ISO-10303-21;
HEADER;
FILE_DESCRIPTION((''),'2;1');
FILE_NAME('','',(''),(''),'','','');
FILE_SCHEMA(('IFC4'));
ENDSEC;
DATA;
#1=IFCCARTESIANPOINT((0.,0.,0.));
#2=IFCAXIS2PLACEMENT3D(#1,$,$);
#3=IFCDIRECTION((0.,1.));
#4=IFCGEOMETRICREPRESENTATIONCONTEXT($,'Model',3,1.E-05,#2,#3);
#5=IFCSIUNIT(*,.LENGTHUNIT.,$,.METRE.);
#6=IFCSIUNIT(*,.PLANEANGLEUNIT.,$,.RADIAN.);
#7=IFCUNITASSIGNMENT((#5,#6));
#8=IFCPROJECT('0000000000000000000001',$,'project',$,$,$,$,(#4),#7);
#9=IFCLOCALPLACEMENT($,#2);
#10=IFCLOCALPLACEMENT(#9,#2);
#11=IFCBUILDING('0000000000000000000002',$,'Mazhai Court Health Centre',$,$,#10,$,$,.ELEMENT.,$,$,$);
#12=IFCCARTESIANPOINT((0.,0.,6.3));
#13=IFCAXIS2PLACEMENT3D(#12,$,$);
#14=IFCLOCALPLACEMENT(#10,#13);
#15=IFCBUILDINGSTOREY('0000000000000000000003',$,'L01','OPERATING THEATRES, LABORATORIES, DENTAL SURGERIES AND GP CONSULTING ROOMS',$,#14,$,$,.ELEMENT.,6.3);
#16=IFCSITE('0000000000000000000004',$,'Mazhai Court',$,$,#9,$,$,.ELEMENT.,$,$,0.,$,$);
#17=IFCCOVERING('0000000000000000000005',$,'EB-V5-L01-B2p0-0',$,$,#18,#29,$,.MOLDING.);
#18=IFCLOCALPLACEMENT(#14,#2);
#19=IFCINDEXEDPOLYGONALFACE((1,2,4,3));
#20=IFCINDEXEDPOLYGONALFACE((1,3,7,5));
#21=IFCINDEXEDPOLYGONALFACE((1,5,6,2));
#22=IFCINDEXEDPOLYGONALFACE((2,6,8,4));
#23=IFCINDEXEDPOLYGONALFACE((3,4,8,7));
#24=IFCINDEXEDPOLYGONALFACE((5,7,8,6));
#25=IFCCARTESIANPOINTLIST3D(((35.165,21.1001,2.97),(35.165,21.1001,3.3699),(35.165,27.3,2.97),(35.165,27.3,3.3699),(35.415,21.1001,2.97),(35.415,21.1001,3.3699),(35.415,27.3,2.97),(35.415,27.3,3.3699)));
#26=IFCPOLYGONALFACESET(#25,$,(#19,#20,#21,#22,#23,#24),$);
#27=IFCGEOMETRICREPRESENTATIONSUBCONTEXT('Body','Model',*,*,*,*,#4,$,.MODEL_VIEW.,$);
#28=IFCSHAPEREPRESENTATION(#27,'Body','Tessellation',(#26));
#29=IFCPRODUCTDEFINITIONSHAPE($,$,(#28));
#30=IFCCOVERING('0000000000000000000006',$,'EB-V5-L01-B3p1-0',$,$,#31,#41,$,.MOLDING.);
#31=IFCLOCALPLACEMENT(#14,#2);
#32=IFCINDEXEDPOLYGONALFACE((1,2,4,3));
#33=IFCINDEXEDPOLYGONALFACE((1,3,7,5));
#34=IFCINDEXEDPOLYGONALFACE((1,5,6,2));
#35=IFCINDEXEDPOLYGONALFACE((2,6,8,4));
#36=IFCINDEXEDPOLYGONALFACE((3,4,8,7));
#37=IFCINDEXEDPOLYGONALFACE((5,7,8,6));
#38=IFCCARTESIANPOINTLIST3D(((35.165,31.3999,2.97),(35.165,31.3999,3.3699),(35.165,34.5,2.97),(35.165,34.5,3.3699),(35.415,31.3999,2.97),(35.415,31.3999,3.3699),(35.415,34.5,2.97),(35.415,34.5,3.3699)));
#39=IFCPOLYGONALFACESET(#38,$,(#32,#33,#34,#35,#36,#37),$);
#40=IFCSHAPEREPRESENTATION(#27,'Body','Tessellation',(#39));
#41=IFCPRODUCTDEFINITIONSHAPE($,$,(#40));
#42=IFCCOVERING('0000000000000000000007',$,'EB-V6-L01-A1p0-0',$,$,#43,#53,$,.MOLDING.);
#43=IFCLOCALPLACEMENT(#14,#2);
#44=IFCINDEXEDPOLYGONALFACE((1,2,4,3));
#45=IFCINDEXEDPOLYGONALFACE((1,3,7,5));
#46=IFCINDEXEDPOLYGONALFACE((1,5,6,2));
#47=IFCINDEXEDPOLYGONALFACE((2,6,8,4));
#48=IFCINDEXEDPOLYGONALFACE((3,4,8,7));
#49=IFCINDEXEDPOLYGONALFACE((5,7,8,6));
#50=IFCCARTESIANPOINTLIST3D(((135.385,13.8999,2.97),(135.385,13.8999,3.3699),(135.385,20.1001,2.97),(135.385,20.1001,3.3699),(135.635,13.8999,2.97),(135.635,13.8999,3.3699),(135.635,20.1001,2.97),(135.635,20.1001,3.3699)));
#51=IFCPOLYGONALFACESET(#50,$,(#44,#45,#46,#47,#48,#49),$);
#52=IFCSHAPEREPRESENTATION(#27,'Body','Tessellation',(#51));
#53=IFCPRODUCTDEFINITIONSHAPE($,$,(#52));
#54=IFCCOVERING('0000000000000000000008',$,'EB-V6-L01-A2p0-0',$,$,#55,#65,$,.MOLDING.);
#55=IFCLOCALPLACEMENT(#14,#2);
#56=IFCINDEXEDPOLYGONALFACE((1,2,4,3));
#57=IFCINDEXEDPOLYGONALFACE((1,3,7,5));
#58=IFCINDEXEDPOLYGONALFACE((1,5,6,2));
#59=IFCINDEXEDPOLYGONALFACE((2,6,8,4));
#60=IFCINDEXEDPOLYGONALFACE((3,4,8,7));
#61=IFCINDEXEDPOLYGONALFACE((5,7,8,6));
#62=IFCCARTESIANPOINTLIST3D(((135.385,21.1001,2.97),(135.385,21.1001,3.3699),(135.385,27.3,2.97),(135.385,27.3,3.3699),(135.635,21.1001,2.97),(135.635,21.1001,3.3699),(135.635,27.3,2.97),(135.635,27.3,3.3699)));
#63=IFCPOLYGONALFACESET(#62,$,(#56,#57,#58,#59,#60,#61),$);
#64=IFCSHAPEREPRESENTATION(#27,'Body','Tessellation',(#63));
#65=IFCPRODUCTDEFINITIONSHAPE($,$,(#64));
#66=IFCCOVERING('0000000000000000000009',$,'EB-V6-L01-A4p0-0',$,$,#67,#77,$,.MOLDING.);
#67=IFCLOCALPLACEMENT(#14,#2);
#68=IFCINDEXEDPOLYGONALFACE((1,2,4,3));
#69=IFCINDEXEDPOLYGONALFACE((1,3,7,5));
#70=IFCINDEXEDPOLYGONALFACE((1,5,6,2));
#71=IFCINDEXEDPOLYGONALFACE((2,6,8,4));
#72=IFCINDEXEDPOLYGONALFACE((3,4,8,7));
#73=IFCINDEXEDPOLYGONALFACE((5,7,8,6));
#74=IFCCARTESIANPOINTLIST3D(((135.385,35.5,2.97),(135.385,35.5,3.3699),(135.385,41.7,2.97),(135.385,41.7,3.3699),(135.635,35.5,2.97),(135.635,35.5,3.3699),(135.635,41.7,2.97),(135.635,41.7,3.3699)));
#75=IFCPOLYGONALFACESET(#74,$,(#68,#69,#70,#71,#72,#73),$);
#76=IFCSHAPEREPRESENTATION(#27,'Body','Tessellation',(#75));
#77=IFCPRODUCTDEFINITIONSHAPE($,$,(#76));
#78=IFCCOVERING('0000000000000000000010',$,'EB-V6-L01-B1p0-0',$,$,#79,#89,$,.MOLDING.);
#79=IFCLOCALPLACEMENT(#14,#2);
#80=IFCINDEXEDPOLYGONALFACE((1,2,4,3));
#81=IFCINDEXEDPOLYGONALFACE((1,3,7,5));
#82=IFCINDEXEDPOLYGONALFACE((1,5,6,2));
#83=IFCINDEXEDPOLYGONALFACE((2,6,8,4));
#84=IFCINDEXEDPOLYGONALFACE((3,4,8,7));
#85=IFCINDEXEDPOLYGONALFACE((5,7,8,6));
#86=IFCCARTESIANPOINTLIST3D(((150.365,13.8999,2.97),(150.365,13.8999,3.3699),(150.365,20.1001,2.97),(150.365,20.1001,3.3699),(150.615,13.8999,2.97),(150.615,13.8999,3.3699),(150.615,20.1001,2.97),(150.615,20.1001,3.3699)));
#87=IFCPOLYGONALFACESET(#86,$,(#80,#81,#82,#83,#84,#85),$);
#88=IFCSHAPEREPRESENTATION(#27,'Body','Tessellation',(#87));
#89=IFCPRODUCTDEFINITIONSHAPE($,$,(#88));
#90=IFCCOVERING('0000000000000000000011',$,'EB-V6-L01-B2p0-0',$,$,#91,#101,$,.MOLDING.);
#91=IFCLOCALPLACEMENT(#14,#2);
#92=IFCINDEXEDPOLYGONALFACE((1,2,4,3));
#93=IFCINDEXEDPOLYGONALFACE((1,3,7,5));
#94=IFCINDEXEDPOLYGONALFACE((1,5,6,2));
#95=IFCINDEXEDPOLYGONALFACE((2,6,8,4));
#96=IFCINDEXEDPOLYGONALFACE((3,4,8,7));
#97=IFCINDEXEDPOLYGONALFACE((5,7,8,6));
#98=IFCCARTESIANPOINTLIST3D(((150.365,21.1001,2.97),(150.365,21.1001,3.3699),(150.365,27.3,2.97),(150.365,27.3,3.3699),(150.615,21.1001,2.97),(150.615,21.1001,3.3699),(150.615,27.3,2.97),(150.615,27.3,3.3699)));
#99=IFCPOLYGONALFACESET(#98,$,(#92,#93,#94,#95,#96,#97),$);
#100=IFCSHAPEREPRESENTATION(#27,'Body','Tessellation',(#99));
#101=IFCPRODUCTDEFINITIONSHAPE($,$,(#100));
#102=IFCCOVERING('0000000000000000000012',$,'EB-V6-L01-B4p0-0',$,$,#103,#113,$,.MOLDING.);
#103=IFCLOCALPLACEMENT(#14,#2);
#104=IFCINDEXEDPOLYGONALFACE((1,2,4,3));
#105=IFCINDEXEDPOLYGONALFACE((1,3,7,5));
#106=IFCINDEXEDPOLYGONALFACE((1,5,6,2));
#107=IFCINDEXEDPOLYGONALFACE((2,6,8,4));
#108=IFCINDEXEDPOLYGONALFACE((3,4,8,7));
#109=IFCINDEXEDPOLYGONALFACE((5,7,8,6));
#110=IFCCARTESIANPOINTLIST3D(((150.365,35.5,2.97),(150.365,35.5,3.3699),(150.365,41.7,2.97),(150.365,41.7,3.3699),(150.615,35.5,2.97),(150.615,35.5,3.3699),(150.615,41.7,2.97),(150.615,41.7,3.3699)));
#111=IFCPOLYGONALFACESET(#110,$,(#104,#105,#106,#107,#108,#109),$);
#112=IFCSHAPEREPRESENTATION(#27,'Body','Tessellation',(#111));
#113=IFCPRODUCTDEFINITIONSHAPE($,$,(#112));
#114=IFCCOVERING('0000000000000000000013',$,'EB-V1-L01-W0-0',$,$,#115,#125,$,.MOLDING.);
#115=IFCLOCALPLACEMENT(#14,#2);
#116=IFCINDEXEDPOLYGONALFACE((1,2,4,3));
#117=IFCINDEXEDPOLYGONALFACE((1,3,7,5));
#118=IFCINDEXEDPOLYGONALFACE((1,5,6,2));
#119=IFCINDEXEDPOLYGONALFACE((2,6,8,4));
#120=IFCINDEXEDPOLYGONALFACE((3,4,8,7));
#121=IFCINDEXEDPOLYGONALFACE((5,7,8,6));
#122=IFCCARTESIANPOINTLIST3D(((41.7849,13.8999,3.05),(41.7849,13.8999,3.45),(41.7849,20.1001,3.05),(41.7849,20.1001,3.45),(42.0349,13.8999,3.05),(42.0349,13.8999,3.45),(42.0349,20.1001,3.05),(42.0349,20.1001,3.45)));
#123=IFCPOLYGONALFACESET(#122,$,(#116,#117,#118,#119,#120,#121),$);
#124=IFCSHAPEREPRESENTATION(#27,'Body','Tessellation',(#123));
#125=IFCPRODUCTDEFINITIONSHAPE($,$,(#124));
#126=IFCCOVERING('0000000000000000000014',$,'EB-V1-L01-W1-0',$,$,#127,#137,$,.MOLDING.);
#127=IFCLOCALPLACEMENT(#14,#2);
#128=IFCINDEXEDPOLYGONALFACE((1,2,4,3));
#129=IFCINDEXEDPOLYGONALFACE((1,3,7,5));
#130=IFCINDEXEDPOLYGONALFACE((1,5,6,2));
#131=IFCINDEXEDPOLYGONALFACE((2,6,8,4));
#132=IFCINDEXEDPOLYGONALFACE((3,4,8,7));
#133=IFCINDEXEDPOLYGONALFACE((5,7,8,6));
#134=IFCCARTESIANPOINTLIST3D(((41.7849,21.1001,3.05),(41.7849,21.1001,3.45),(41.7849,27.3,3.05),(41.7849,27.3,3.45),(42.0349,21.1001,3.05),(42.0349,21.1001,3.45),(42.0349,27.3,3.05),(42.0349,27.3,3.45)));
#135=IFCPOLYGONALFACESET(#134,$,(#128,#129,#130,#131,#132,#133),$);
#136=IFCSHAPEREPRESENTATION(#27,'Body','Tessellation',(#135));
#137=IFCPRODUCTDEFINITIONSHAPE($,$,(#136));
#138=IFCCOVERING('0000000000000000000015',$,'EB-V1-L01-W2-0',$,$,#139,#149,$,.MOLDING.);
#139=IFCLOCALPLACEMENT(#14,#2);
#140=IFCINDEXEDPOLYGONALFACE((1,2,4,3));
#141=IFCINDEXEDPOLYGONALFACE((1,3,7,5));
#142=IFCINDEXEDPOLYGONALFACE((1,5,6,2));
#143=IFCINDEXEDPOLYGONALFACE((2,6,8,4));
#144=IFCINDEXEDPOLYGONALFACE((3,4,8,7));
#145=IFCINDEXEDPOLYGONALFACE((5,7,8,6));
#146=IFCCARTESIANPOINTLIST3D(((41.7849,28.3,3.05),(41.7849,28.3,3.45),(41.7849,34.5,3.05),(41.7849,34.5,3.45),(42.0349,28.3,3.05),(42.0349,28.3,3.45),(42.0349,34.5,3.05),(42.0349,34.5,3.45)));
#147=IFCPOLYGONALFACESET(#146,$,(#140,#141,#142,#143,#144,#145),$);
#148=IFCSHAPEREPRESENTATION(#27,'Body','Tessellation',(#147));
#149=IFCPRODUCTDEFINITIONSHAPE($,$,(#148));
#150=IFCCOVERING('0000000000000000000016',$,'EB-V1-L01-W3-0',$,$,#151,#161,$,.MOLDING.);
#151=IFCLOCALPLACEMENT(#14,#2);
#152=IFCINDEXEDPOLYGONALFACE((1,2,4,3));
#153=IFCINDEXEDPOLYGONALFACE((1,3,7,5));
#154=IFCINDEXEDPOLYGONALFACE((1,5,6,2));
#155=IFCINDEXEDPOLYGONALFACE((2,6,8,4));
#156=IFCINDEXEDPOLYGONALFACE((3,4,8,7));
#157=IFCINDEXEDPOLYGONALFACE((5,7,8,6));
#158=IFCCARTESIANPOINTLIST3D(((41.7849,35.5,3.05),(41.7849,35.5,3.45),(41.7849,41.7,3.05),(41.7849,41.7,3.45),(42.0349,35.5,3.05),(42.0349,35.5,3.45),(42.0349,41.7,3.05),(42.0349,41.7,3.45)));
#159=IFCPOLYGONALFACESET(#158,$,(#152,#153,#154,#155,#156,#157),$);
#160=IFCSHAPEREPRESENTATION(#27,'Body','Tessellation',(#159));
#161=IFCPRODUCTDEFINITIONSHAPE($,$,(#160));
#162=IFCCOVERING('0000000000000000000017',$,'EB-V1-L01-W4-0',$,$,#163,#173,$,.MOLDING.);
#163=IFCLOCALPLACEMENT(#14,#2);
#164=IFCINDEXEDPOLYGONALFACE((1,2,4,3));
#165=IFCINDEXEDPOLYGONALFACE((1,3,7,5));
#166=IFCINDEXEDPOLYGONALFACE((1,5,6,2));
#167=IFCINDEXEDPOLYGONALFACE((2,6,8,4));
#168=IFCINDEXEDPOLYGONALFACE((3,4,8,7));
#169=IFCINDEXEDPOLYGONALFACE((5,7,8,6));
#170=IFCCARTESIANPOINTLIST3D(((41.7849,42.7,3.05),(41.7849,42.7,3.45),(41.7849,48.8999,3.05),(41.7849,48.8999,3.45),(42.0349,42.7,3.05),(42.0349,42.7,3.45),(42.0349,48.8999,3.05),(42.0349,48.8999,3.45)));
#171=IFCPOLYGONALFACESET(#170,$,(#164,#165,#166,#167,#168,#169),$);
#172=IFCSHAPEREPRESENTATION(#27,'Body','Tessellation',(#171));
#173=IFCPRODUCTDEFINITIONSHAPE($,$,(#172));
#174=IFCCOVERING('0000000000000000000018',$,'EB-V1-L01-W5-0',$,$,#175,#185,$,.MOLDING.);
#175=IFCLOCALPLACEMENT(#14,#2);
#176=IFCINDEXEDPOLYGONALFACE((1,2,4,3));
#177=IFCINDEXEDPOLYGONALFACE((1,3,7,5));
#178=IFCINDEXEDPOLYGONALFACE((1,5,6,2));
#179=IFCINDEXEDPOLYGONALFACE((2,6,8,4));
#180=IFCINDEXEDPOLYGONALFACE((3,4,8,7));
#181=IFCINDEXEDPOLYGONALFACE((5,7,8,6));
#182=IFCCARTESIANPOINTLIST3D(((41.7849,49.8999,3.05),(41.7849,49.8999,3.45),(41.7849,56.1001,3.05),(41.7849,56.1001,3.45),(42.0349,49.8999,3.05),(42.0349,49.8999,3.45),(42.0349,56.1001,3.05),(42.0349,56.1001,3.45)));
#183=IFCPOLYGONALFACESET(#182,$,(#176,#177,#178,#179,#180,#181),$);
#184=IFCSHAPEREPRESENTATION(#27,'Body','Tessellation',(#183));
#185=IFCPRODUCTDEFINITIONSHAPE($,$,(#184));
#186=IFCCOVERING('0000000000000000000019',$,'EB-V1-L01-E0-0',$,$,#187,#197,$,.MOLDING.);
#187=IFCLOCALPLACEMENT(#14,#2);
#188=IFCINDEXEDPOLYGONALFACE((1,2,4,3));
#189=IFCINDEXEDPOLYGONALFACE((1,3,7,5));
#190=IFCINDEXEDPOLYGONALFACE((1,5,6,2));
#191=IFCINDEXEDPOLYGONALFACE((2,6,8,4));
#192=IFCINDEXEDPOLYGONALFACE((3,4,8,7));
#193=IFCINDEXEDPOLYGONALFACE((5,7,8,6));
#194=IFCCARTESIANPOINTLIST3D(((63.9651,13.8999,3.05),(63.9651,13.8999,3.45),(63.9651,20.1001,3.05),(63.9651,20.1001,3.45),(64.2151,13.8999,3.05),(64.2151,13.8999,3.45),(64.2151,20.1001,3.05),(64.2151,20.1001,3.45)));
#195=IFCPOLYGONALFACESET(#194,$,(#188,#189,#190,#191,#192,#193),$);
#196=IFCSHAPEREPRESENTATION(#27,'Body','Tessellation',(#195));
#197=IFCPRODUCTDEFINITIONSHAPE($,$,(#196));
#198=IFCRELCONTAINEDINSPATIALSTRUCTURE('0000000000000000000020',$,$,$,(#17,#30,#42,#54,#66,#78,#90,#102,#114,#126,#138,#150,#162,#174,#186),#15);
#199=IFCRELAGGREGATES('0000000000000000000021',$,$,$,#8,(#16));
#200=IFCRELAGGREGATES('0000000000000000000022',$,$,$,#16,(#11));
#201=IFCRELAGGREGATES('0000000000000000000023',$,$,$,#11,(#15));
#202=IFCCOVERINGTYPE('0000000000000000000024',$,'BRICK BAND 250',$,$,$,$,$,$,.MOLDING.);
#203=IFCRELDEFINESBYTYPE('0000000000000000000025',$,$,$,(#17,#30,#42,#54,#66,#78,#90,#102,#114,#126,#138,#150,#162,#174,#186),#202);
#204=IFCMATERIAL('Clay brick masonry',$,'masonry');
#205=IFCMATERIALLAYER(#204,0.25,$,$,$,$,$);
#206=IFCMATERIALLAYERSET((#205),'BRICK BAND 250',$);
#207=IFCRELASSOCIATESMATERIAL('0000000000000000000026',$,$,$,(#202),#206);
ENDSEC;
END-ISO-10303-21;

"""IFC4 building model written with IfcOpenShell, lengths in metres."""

from ifc_helpers import new_model, si_unit, direction, frame, origin, place, context, subcontext, project, spatial, polyline, outline, extrude, material, layer, layer_set, type_object, element, save


model = new_model("IFC4")

# Units and contexts
model_context = context("Model", 3, precision=1e-05, world=origin(), true_north=direction((0.0, 1.0)))
body_context = subcontext(model_context, "Body", "Model", "MODEL_VIEW")
ifc_project = project(units=[si_unit("LENGTHUNIT", "METRE"), si_unit("PLANEANGLEUNIT", "RADIAN")], contexts=[model_context])

# Site, building, storey
site_placement = place(None, origin())
site = spatial("IfcSite", under=ifc_project, at=site_placement, Name="Mazhai Court", CompositionType="ELEMENT", RefElevation=0.0)
building_placement = place(site_placement, origin())
building = spatial("IfcBuilding", under=site, at=building_placement, Name="Mazhai Court Health Centre", CompositionType="ELEMENT")
storey_placement = place(building_placement, frame((0.0, 0.0, 6.3)))
storey = spatial("IfcBuildingStorey", under=building, at=storey_placement, Name="L01", Description="OPERATING THEATRES, LABORATORIES, DENTAL SURGERIES AND GP CONSULTING ROOMS", CompositionType="ELEMENT", Elevation=6.3)

# Coverings
ifc_material_1 = material(Name="Clay brick masonry", Category="masonry")
ifc_layer_1 = layer(ifc_material_1, 0.25)
ifc_layer_set_1 = layer_set([ifc_layer_1], Name="BRICK BAND 250")
covering_type_1 = type_object("IfcCoveringType", Name="BRICK BAND 250", PredefinedType="MOLDING", material=ifc_layer_set_1)
covering_1_placement = place(storey_placement, frame((0.0, 0.0, 2.97)))
element("IfcCovering", 1, at=covering_1_placement, inside=storey, type_object=covering_type_1, Name="EB-V5-L01-B2p0-0", PredefinedType="MOLDING", context=body_context, shape_type="SweptSolid", body=[
    extrude(outline(polyline([(35.165, 27.3), (35.165, 21.1001), (35.415, 21.1001), (35.415, 27.3), (35.165, 27.3)])), origin(), (0.0, 0.0, 1.0), 0.3999),
])
covering_2_placement = place(storey_placement, frame((0.0, 0.0, 2.97)))
element("IfcCovering", 2, at=covering_2_placement, inside=storey, type_object=covering_type_1, Name="EB-V5-L01-B3p1-0", PredefinedType="MOLDING", context=body_context, shape_type="SweptSolid", body=[
    extrude(outline(polyline([(35.165, 34.5), (35.165, 31.3999), (35.415, 31.3999), (35.415, 34.5), (35.165, 34.5)])), origin(), (0.0, 0.0, 1.0), 0.3999),
])
covering_3_placement = place(storey_placement, frame((0.0, 0.0, 2.97)))
element("IfcCovering", 3, at=covering_3_placement, inside=storey, type_object=covering_type_1, Name="EB-V6-L01-A1p0-0", PredefinedType="MOLDING", context=body_context, shape_type="SweptSolid", body=[
    extrude(outline(polyline([(135.635, 13.8999), (135.635, 20.1001), (135.385, 20.1001), (135.385, 13.8999), (135.635, 13.8999)])), origin(), (0.0, 0.0, 1.0), 0.3999),
])
covering_4_placement = place(storey_placement, frame((0.0, 0.0, 2.97)))
element("IfcCovering", 4, at=covering_4_placement, inside=storey, type_object=covering_type_1, Name="EB-V6-L01-A2p0-0", PredefinedType="MOLDING", context=body_context, shape_type="SweptSolid", body=[
    extrude(outline(polyline([(135.635, 21.1001), (135.635, 27.3), (135.385, 27.3), (135.385, 21.1001), (135.635, 21.1001)])), origin(), (0.0, 0.0, 1.0), 0.3999),
])
covering_5_placement = place(storey_placement, frame((0.0, 0.0, 2.97)))
element("IfcCovering", 5, at=covering_5_placement, inside=storey, type_object=covering_type_1, Name="EB-V6-L01-A4p0-0", PredefinedType="MOLDING", context=body_context, shape_type="SweptSolid", body=[
    extrude(outline(polyline([(135.635, 35.5), (135.635, 41.7), (135.385, 41.7), (135.385, 35.5), (135.635, 35.5)])), origin(), (0.0, 0.0, 1.0), 0.3999),
])
covering_6_placement = place(storey_placement, frame((0.0, 0.0, 2.97)))
element("IfcCovering", 6, at=covering_6_placement, inside=storey, type_object=covering_type_1, Name="EB-V6-L01-B1p0-0", PredefinedType="MOLDING", context=body_context, shape_type="SweptSolid", body=[
    extrude(outline(polyline([(150.365, 20.1001), (150.365, 13.8999), (150.615, 13.8999), (150.615, 20.1001), (150.365, 20.1001)])), origin(), (0.0, 0.0, 1.0), 0.3999),
])
covering_7_placement = place(storey_placement, frame((0.0, 0.0, 2.97)))
element("IfcCovering", 7, at=covering_7_placement, inside=storey, type_object=covering_type_1, Name="EB-V6-L01-B2p0-0", PredefinedType="MOLDING", context=body_context, shape_type="SweptSolid", body=[
    extrude(outline(polyline([(150.365, 27.3), (150.365, 21.1001), (150.615, 21.1001), (150.615, 27.3), (150.365, 27.3)])), origin(), (0.0, 0.0, 1.0), 0.3999),
])
covering_8_placement = place(storey_placement, frame((0.0, 0.0, 2.97)))
element("IfcCovering", 8, at=covering_8_placement, inside=storey, type_object=covering_type_1, Name="EB-V6-L01-B4p0-0", PredefinedType="MOLDING", context=body_context, shape_type="SweptSolid", body=[
    extrude(outline(polyline([(150.365, 41.7), (150.365, 35.5), (150.615, 35.5), (150.615, 41.7), (150.365, 41.7)])), origin(), (0.0, 0.0, 1.0), 0.3999),
])
covering_9_placement = place(storey_placement, frame((0.0, 0.0, 3.05)))
element("IfcCovering", 9, at=covering_9_placement, inside=storey, type_object=covering_type_1, Name="EB-V1-L01-W0-0", PredefinedType="MOLDING", context=body_context, shape_type="SweptSolid", body=[
    extrude(outline(polyline([(42.0349, 13.8999), (42.0349, 20.1001), (41.7849, 20.1001), (41.7849, 13.8999), (42.0349, 13.8999)])), origin(), (0.0, 0.0, 1.0), 0.3999),
])
covering_10_placement = place(storey_placement, frame((0.0, 0.0, 3.05)))
element("IfcCovering", 10, at=covering_10_placement, inside=storey, type_object=covering_type_1, Name="EB-V1-L01-W1-0", PredefinedType="MOLDING", context=body_context, shape_type="SweptSolid", body=[
    extrude(outline(polyline([(42.0349, 21.1001), (42.0349, 27.3), (41.7849, 27.3), (41.7849, 21.1001), (42.0349, 21.1001)])), origin(), (0.0, 0.0, 1.0), 0.3999),
])
covering_11_placement = place(storey_placement, frame((0.0, 0.0, 3.05)))
element("IfcCovering", 11, at=covering_11_placement, inside=storey, type_object=covering_type_1, Name="EB-V1-L01-W2-0", PredefinedType="MOLDING", context=body_context, shape_type="SweptSolid", body=[
    extrude(outline(polyline([(42.0349, 28.3), (42.0349, 34.5), (41.7849, 34.5), (41.7849, 28.3), (42.0349, 28.3)])), origin(), (0.0, 0.0, 1.0), 0.3999),
])
covering_12_placement = place(storey_placement, frame((0.0, 0.0, 3.05)))
element("IfcCovering", 12, at=covering_12_placement, inside=storey, type_object=covering_type_1, Name="EB-V1-L01-W3-0", PredefinedType="MOLDING", context=body_context, shape_type="SweptSolid", body=[
    extrude(outline(polyline([(42.0349, 35.5), (42.0349, 41.7), (41.7849, 41.7), (41.7849, 35.5), (42.0349, 35.5)])), origin(), (0.0, 0.0, 1.0), 0.3999),
])
covering_13_placement = place(storey_placement, frame((0.0, 0.0, 3.05)))
element("IfcCovering", 13, at=covering_13_placement, inside=storey, type_object=covering_type_1, Name="EB-V1-L01-W4-0", PredefinedType="MOLDING", context=body_context, shape_type="SweptSolid", body=[
    extrude(outline(polyline([(42.0349, 42.7), (42.0349, 48.8999), (41.7849, 48.8999), (41.7849, 42.7), (42.0349, 42.7)])), origin(), (0.0, 0.0, 1.0), 0.3999),
])
covering_14_placement = place(storey_placement, frame((0.0, 0.0, 3.05)))
element("IfcCovering", 14, at=covering_14_placement, inside=storey, type_object=covering_type_1, Name="EB-V1-L01-W5-0", PredefinedType="MOLDING", context=body_context, shape_type="SweptSolid", body=[
    extrude(outline(polyline([(42.0349, 49.8999), (42.0349, 56.1001), (41.7849, 56.1001), (41.7849, 49.8999), (42.0349, 49.8999)])), origin(), (0.0, 0.0, 1.0), 0.3999),
])
covering_15_placement = place(storey_placement, frame((0.0, 0.0, 3.05)))
element("IfcCovering", 15, at=covering_15_placement, inside=storey, type_object=covering_type_1, Name="EB-V1-L01-E0-0", PredefinedType="MOLDING", context=body_context, shape_type="SweptSolid", body=[
    extrude(outline(polyline([(63.9651, 20.1001), (63.9651, 13.8999), (64.2151, 13.8999), (64.2151, 20.1001), (63.9651, 20.1001)])), origin(), (0.0, 0.0, 1.0), 0.3999),
])

save(model, "model.ifc")
